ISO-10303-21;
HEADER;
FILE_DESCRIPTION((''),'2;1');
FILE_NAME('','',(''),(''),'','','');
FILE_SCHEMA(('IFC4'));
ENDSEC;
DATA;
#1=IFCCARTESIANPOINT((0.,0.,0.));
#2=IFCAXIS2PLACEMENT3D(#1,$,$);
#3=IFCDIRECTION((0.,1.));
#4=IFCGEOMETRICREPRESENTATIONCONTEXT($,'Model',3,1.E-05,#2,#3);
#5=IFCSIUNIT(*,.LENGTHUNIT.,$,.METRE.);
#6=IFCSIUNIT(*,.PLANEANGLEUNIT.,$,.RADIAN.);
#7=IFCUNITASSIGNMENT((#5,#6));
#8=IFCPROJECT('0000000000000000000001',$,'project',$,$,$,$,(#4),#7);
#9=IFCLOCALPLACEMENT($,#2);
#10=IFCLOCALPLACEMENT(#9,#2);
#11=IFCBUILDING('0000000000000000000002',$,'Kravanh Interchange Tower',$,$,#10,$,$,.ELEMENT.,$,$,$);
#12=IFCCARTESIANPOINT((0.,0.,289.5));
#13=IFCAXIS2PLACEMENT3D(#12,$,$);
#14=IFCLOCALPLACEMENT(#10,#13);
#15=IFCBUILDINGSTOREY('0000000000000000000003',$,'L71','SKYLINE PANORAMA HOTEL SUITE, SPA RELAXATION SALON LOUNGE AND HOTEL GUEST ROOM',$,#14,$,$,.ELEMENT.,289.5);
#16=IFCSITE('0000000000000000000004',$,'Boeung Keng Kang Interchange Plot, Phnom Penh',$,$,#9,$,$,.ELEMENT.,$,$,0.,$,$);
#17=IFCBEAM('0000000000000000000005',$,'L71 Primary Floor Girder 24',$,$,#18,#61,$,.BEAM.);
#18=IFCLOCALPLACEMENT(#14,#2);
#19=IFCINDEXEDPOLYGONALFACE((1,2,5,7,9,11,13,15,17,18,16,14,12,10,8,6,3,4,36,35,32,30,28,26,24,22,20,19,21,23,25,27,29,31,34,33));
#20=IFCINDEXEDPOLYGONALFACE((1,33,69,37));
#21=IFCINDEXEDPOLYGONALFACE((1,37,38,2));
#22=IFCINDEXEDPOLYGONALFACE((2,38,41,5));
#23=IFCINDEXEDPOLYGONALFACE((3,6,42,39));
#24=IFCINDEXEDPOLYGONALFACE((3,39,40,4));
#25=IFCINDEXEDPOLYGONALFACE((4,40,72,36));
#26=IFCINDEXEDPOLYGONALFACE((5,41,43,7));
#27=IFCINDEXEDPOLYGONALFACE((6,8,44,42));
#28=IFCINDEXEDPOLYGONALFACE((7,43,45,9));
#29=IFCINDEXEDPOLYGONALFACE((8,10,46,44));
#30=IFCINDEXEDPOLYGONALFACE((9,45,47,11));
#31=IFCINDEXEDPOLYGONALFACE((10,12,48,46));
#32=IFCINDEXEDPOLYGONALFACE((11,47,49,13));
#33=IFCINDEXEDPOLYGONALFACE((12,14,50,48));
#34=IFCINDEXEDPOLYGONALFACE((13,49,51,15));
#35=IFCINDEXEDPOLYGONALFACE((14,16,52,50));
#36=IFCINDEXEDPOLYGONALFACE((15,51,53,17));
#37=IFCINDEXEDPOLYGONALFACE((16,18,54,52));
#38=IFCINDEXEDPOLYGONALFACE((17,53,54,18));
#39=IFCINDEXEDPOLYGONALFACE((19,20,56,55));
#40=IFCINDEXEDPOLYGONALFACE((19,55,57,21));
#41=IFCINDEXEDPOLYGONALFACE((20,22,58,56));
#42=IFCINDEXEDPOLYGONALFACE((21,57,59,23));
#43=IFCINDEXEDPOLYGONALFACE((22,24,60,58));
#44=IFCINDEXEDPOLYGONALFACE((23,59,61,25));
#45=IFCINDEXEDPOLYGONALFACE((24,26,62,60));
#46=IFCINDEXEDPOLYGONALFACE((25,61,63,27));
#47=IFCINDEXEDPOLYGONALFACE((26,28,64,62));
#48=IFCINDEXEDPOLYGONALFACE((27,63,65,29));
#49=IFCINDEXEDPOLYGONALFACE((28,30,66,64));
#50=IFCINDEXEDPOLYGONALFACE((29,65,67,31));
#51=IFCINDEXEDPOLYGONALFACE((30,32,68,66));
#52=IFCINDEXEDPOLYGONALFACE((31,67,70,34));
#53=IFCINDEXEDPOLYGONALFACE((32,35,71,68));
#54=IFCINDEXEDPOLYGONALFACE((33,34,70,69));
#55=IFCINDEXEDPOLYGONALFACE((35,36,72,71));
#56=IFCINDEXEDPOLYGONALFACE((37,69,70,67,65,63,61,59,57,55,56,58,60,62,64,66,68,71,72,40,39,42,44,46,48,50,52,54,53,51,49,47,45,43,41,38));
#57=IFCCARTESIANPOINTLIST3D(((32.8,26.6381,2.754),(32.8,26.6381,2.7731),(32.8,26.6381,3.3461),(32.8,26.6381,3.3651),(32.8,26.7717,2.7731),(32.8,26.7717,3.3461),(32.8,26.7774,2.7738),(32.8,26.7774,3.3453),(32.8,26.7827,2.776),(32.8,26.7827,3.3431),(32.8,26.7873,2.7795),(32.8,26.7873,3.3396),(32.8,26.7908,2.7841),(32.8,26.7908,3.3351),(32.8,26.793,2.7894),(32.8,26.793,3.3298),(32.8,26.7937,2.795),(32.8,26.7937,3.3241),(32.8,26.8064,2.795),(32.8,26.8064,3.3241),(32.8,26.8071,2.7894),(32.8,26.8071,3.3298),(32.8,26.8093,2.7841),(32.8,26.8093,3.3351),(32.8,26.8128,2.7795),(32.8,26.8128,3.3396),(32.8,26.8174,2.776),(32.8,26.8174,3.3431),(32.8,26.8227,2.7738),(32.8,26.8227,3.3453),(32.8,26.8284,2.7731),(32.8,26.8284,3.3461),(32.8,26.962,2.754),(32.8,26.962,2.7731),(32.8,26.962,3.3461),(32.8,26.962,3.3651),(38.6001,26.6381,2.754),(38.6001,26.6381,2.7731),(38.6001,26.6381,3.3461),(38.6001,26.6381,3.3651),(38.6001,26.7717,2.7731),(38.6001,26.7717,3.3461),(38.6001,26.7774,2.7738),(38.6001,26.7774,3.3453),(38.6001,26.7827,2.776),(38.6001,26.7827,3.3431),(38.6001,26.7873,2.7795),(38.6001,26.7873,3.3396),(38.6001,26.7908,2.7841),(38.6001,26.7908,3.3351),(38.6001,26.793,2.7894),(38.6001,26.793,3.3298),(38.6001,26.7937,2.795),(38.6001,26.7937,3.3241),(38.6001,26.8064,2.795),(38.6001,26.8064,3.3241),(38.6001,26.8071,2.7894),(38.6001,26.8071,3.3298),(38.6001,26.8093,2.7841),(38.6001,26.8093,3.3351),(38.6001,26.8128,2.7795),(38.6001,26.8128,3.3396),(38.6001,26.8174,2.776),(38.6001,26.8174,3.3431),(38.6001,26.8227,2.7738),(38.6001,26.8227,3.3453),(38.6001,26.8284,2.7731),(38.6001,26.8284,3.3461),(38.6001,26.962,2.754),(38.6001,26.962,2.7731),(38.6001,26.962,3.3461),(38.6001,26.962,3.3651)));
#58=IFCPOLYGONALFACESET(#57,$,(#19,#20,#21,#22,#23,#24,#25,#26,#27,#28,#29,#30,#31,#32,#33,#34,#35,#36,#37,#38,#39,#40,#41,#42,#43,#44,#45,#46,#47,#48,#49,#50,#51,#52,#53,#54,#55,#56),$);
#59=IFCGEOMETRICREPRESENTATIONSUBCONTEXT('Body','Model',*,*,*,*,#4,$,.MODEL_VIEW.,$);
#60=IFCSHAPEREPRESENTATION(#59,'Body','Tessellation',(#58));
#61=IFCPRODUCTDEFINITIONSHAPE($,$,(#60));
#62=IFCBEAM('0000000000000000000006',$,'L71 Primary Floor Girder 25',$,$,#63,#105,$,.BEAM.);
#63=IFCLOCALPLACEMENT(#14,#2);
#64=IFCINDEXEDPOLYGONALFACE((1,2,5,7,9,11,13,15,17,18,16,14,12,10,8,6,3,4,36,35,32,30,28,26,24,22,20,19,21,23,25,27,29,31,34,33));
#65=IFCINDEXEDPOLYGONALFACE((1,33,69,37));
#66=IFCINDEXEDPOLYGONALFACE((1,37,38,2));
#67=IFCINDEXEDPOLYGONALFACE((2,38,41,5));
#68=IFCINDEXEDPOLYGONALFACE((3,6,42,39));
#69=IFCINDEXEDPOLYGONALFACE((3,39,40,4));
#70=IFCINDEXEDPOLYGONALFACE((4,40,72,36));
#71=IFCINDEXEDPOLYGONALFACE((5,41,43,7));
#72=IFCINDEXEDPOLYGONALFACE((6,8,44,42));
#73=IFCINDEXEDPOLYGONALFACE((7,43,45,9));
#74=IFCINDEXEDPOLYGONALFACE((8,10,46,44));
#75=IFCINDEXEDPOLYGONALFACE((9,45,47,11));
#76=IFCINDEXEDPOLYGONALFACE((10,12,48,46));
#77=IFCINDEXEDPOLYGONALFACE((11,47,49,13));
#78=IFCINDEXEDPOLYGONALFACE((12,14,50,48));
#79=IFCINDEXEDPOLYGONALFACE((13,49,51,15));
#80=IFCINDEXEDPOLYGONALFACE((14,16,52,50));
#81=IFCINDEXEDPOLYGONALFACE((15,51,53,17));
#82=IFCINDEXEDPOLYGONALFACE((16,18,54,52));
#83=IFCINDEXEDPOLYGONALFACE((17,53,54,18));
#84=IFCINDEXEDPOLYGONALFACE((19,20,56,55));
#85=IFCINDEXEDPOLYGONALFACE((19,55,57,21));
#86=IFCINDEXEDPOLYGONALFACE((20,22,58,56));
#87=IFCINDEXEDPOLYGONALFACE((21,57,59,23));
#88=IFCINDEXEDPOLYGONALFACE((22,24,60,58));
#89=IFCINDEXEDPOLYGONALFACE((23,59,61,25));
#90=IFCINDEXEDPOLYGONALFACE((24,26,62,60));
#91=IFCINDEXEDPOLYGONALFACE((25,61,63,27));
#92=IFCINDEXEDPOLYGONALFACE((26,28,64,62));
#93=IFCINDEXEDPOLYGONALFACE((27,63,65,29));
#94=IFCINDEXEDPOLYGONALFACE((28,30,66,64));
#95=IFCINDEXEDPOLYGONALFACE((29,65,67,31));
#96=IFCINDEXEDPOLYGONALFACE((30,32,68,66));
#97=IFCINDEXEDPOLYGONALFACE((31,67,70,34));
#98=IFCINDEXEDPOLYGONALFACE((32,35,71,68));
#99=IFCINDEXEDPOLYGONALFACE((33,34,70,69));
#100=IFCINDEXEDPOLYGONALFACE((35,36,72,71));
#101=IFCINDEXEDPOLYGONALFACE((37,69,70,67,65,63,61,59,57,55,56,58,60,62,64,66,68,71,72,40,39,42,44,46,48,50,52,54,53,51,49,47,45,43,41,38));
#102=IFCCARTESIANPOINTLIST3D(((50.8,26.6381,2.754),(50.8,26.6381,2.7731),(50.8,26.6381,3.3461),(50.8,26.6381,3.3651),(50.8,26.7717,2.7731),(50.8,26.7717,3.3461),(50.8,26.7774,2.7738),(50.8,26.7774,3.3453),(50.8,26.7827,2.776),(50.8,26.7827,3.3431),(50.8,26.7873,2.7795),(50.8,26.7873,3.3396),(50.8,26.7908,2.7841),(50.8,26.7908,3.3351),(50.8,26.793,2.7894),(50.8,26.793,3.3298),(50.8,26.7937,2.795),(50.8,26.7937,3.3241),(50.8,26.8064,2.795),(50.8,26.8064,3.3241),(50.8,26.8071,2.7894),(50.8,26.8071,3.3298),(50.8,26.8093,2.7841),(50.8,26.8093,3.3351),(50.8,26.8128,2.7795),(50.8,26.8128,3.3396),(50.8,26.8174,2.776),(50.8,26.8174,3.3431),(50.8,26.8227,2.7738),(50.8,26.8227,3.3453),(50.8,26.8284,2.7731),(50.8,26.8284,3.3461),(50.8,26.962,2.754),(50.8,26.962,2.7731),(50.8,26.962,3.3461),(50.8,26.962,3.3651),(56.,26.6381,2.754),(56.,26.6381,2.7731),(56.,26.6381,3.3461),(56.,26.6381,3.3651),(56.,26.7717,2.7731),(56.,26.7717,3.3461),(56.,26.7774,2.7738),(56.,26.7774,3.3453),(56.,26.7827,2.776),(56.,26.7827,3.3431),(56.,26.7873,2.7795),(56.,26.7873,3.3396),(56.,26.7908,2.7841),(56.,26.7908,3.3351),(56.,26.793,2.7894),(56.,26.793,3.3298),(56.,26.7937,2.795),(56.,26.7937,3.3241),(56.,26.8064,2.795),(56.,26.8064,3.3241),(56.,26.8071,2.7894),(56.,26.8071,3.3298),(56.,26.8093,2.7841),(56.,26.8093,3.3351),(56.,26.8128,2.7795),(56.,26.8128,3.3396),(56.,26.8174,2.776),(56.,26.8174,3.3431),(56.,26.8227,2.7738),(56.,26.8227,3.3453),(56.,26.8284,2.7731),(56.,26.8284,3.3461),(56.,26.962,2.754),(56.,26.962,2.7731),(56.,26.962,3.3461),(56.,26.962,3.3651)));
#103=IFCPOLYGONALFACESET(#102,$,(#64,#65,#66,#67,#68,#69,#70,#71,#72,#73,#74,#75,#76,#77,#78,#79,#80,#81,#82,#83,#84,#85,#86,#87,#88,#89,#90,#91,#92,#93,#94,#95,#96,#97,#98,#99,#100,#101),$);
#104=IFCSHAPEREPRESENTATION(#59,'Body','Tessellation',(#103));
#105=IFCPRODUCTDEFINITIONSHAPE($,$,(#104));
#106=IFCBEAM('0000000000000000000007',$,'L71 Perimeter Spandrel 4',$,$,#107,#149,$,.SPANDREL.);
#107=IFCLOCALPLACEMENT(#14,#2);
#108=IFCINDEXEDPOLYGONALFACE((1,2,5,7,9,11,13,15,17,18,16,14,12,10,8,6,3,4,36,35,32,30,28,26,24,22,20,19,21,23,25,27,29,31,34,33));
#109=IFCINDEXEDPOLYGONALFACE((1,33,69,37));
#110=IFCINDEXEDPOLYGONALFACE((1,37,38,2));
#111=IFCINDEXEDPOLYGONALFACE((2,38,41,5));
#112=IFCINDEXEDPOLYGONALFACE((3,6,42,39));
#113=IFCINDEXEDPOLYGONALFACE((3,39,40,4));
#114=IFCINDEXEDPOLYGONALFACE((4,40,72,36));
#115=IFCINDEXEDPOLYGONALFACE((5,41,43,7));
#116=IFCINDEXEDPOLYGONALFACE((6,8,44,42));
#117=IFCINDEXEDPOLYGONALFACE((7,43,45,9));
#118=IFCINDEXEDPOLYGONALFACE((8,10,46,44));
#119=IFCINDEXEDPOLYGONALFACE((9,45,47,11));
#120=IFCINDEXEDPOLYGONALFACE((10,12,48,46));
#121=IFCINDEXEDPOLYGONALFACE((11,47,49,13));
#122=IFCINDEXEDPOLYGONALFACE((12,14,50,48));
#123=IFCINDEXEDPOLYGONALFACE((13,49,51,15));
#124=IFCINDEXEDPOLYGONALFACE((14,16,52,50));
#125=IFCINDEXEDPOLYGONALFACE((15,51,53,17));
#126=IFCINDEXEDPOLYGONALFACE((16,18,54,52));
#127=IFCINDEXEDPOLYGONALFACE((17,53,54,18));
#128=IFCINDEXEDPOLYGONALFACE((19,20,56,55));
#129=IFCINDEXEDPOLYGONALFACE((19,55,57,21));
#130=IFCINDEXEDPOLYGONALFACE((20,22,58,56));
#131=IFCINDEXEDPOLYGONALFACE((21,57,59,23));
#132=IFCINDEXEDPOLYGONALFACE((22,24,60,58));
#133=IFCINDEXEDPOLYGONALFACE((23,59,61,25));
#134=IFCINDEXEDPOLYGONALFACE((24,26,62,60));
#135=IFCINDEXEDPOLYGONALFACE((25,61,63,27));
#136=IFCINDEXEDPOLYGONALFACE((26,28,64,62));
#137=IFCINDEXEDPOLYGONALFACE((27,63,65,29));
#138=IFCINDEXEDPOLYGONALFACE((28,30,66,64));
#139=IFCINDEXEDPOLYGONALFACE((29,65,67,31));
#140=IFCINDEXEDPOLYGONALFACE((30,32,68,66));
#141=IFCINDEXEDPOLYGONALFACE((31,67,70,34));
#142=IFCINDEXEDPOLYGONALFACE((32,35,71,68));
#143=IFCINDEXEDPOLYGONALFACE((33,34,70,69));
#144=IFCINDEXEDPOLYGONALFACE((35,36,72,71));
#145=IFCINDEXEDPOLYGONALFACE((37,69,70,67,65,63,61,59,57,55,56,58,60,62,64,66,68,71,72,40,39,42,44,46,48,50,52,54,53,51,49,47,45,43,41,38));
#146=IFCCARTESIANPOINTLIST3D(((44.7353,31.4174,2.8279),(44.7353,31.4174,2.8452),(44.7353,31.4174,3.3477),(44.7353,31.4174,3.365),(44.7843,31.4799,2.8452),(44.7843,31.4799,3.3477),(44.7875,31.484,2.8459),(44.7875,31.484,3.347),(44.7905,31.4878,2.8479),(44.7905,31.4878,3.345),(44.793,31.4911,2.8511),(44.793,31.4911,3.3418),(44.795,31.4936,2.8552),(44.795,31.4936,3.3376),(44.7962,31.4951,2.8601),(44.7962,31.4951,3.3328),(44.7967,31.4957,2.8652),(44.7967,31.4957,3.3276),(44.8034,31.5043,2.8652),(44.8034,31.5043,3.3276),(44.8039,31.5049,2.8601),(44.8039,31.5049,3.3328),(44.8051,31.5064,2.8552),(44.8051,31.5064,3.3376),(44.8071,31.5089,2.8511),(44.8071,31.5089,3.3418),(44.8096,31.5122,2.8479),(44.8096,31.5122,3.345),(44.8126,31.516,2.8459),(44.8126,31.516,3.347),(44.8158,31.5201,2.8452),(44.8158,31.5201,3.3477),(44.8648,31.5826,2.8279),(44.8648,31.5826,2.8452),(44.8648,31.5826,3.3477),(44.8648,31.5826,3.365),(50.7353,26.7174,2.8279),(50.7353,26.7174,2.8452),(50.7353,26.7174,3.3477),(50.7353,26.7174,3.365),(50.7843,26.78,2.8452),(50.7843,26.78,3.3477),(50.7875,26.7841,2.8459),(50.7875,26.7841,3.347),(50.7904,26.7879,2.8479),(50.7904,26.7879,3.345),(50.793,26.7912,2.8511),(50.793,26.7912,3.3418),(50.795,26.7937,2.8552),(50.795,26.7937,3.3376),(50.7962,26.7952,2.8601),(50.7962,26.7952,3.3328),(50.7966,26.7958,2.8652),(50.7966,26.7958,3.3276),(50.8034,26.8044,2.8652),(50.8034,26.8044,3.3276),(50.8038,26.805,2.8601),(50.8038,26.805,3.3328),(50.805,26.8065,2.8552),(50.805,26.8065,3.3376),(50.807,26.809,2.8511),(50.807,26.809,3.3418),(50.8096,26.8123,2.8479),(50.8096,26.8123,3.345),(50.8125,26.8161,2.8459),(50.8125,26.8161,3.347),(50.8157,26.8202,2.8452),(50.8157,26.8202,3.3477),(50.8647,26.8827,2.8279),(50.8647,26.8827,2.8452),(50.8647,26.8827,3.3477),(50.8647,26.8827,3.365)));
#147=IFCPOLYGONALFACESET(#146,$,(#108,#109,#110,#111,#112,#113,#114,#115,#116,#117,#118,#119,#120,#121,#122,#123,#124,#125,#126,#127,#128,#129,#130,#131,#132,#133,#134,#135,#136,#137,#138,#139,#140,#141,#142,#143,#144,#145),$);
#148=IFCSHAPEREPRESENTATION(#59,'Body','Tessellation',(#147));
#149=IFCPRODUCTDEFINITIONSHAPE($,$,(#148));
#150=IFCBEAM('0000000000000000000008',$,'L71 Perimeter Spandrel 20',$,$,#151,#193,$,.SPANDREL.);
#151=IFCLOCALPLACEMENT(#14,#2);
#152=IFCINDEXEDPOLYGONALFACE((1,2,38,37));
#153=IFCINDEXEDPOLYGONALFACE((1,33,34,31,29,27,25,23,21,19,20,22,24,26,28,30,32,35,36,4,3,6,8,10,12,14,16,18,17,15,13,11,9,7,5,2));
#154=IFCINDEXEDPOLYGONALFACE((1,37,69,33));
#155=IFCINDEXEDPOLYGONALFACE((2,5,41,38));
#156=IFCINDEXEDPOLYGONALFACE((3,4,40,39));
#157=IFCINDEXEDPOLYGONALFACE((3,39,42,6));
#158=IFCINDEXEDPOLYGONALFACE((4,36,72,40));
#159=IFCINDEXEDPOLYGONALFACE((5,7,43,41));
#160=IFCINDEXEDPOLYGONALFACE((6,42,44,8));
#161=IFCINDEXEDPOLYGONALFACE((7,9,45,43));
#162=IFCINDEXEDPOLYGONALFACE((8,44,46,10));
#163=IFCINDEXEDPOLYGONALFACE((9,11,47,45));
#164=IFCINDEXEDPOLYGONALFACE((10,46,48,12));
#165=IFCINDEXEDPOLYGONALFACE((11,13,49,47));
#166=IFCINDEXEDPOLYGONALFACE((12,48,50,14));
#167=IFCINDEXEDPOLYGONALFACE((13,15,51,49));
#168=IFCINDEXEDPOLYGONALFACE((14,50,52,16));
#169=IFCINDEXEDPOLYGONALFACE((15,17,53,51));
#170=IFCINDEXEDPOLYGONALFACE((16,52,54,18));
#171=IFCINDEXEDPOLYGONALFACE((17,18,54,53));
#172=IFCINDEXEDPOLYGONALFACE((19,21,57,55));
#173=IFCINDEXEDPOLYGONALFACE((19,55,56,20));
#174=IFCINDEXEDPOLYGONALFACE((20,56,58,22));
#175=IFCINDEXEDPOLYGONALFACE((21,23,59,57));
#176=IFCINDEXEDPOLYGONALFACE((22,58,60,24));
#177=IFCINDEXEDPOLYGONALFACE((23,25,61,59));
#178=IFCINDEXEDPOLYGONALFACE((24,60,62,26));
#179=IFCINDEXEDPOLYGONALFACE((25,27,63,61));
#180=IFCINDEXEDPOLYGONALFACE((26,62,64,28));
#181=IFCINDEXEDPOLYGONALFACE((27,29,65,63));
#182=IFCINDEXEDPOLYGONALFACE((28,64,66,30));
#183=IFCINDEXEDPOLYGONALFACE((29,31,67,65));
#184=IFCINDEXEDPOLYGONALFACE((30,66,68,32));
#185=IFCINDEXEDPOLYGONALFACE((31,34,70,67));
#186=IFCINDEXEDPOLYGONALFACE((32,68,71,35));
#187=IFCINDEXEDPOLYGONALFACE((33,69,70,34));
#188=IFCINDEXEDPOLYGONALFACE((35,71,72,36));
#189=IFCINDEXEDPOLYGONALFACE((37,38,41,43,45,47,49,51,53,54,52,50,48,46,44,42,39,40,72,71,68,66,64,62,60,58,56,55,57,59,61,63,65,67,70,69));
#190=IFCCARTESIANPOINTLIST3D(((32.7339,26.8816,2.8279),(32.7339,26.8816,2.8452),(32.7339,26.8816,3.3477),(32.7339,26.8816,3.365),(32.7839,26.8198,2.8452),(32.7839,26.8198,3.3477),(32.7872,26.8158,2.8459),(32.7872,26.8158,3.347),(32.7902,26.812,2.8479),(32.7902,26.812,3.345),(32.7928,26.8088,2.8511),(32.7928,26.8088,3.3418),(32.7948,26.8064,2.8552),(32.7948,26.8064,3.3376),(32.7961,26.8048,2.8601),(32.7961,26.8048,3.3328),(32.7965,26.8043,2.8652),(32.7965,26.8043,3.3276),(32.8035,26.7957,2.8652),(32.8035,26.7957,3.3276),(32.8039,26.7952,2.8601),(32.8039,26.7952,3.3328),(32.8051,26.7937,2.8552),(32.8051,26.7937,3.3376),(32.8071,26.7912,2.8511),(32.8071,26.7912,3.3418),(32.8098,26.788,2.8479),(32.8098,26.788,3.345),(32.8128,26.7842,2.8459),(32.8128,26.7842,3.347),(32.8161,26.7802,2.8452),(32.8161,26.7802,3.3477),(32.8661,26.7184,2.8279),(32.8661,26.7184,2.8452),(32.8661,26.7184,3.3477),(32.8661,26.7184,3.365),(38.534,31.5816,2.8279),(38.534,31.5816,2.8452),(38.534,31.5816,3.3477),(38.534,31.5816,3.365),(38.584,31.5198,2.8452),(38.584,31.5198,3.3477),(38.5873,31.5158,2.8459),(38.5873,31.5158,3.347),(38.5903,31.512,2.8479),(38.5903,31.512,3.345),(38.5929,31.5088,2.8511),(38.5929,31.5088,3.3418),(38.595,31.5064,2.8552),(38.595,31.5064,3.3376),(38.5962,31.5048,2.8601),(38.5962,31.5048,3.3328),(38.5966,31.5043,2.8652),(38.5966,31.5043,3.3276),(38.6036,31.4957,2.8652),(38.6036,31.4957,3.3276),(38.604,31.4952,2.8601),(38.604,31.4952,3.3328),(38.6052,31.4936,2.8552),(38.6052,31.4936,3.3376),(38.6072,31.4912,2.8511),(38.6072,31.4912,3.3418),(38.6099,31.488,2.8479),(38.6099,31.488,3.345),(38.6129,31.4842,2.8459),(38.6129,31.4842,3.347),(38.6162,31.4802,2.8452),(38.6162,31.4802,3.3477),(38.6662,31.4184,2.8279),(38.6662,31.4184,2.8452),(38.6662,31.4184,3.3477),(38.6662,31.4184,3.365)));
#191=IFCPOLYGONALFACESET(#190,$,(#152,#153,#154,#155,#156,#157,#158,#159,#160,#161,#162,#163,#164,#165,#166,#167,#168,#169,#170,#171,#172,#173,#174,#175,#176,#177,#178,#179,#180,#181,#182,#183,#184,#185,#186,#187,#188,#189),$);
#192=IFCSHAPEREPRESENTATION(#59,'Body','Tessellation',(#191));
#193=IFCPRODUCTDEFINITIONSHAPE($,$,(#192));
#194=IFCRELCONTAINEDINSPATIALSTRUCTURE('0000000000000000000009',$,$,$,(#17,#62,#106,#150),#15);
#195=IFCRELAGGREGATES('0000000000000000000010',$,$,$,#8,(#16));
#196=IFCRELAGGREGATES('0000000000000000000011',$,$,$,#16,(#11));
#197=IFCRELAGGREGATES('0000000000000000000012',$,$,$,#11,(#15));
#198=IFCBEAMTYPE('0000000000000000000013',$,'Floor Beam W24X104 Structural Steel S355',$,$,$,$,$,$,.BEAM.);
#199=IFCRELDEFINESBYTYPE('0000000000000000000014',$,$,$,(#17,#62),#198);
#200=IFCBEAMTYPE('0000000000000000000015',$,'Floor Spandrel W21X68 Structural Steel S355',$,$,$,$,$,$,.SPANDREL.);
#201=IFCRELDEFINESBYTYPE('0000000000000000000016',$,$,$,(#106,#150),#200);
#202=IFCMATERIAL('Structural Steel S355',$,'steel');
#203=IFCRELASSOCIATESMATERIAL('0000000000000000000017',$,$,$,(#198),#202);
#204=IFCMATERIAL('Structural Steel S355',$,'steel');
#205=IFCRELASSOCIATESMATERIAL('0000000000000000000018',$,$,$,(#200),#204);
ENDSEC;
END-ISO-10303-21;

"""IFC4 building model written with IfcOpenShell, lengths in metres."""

from ifc_helpers import new_model, si_unit, direction, frame, origin, origin_2d, place, context, subcontext, project, spatial, i_section, extrude, material, material_profile, profile_set, type_object, element, save


model = new_model("IFC4")

# Units and contexts
model_context = context("Model", 3, precision=1e-05, world=origin(), true_north=direction((0.0, 1.0)))
body_context = subcontext(model_context, "Body", "Model", "MODEL_VIEW")
ifc_project = project(units=[si_unit("LENGTHUNIT", "METRE"), si_unit("PLANEANGLEUNIT", "RADIAN")], contexts=[model_context])

# Site, building, storey
site_placement = place(None, origin())
site = spatial("IfcSite", under=ifc_project, at=site_placement, Name="Boeung Keng Kang Interchange Plot, Phnom Penh", CompositionType="ELEMENT", RefElevation=0.0)
building_placement = place(site_placement, origin())
building = spatial("IfcBuilding", under=site, at=building_placement, Name="Kravanh Interchange Tower", CompositionType="ELEMENT")
storey_placement = place(building_placement, frame((0.0, 0.0, 289.5)))
storey = spatial("IfcBuildingStorey", under=building, at=storey_placement, Name="L71", Description="SKYLINE PANORAMA HOTEL SUITE, SPA RELAXATION SALON LOUNGE AND HOTEL GUEST ROOM", CompositionType="ELEMENT", Elevation=289.5)

# Beams
ifc_material_1 = material(Name="Structural Steel S355", Category="steel")
ifc_material_profile_1 = material_profile(ifc_material_1, i_section(OverallWidth=0.324, OverallDepth=0.6111, WebThickness=0.0127, FlangeThickness=0.019, FilletRadius=0.022, at=origin_2d()), Name="W24X104")
ifc_profile_set_1 = profile_set([ifc_material_profile_1], Name="Structural Steel S355")
beam_type_1 = type_object("IfcBeamType", Name="Floor Beam W24X104 Structural Steel S355", PredefinedType="BEAM", material=ifc_profile_set_1)
beam_1_placement = place(storey_placement, frame((38.6001, 26.8, 3.0596), z_axis=(-1.0, 0.0, 0.0), x_axis=(0.0, -1.0, 0.0)))
element("IfcBeam", 1, at=beam_1_placement, inside=storey, type_object=beam_type_1, Name="L71 Primary Floor Girder 24", PredefinedType="BEAM", context=body_context, shape_type="SweptSolid", body=[
    extrude(i_section(OverallWidth=0.324, OverallDepth=0.6111, WebThickness=0.0127, FlangeThickness=0.019, FilletRadius=0.022, at=origin_2d()), origin(), (0.0, 0.0, 1.0), 5.8),
])
beam_2_placement = place(storey_placement, frame((50.8, 26.8, 3.0596), z_axis=(1.0, 0.0, 0.0), x_axis=(0.0, 1.0, 0.0)))
element("IfcBeam", 2, at=beam_2_placement, inside=storey, type_object=beam_type_1, Name="L71 Primary Floor Girder 25", PredefinedType="BEAM", context=body_context, shape_type="SweptSolid", body=[
    extrude(i_section(OverallWidth=0.324, OverallDepth=0.6111, WebThickness=0.0127, FlangeThickness=0.019, FilletRadius=0.022, at=origin_2d()), origin(), (0.0, 0.0, 1.0), 5.2),
])
ifc_material_2 = material(Name="Structural Steel S355", Category="steel")
ifc_material_profile_2 = material_profile(ifc_material_2, i_section(OverallWidth=0.21, OverallDepth=0.5371, WebThickness=0.011, FlangeThickness=0.0173, FilletRadius=0.02, at=origin_2d()), Name="W21X68")
ifc_profile_set_2 = profile_set([ifc_material_profile_2], Name="Structural Steel S355")
beam_type_2 = type_object("IfcBeamType", Name="Floor Spandrel W21X68 Structural Steel S355", PredefinedType="SPANDREL", material=ifc_profile_set_2)
beam_3_placement = place(storey_placement, frame((44.8, 31.5, 3.0964), z_axis=(0.787231, -0.616658, 0.0), x_axis=(0.616658, 0.787231, 0.0)))
element("IfcBeam", 3, at=beam_3_placement, inside=storey, type_object=beam_type_2, Name="L71 Perimeter Spandrel 4", PredefinedType="SPANDREL", context=body_context, shape_type="SweptSolid", body=[
    extrude(i_section(OverallWidth=0.21, OverallDepth=0.5371, WebThickness=0.011, FlangeThickness=0.0173, FilletRadius=0.02, at=origin_2d()), origin(), (0.0, 0.0, 1.0), 7.6216),
])
beam_4_placement = place(storey_placement, frame((38.6001, 31.5, 3.0964), z_axis=(-0.776939, -0.629576, 0.0), x_axis=(0.629576, -0.776939, 0.0)))
element("IfcBeam", 4, at=beam_4_placement, inside=storey, type_object=beam_type_2, Name="L71 Perimeter Spandrel 20", PredefinedType="SPANDREL", context=body_context, shape_type="SweptSolid", body=[
    extrude(i_section(OverallWidth=0.21, OverallDepth=0.5371, WebThickness=0.011, FlangeThickness=0.0173, FilletRadius=0.02, at=origin_2d()), origin(), (0.0, 0.0, 1.0), 7.4653),
])

save(model, "model.ifc")
